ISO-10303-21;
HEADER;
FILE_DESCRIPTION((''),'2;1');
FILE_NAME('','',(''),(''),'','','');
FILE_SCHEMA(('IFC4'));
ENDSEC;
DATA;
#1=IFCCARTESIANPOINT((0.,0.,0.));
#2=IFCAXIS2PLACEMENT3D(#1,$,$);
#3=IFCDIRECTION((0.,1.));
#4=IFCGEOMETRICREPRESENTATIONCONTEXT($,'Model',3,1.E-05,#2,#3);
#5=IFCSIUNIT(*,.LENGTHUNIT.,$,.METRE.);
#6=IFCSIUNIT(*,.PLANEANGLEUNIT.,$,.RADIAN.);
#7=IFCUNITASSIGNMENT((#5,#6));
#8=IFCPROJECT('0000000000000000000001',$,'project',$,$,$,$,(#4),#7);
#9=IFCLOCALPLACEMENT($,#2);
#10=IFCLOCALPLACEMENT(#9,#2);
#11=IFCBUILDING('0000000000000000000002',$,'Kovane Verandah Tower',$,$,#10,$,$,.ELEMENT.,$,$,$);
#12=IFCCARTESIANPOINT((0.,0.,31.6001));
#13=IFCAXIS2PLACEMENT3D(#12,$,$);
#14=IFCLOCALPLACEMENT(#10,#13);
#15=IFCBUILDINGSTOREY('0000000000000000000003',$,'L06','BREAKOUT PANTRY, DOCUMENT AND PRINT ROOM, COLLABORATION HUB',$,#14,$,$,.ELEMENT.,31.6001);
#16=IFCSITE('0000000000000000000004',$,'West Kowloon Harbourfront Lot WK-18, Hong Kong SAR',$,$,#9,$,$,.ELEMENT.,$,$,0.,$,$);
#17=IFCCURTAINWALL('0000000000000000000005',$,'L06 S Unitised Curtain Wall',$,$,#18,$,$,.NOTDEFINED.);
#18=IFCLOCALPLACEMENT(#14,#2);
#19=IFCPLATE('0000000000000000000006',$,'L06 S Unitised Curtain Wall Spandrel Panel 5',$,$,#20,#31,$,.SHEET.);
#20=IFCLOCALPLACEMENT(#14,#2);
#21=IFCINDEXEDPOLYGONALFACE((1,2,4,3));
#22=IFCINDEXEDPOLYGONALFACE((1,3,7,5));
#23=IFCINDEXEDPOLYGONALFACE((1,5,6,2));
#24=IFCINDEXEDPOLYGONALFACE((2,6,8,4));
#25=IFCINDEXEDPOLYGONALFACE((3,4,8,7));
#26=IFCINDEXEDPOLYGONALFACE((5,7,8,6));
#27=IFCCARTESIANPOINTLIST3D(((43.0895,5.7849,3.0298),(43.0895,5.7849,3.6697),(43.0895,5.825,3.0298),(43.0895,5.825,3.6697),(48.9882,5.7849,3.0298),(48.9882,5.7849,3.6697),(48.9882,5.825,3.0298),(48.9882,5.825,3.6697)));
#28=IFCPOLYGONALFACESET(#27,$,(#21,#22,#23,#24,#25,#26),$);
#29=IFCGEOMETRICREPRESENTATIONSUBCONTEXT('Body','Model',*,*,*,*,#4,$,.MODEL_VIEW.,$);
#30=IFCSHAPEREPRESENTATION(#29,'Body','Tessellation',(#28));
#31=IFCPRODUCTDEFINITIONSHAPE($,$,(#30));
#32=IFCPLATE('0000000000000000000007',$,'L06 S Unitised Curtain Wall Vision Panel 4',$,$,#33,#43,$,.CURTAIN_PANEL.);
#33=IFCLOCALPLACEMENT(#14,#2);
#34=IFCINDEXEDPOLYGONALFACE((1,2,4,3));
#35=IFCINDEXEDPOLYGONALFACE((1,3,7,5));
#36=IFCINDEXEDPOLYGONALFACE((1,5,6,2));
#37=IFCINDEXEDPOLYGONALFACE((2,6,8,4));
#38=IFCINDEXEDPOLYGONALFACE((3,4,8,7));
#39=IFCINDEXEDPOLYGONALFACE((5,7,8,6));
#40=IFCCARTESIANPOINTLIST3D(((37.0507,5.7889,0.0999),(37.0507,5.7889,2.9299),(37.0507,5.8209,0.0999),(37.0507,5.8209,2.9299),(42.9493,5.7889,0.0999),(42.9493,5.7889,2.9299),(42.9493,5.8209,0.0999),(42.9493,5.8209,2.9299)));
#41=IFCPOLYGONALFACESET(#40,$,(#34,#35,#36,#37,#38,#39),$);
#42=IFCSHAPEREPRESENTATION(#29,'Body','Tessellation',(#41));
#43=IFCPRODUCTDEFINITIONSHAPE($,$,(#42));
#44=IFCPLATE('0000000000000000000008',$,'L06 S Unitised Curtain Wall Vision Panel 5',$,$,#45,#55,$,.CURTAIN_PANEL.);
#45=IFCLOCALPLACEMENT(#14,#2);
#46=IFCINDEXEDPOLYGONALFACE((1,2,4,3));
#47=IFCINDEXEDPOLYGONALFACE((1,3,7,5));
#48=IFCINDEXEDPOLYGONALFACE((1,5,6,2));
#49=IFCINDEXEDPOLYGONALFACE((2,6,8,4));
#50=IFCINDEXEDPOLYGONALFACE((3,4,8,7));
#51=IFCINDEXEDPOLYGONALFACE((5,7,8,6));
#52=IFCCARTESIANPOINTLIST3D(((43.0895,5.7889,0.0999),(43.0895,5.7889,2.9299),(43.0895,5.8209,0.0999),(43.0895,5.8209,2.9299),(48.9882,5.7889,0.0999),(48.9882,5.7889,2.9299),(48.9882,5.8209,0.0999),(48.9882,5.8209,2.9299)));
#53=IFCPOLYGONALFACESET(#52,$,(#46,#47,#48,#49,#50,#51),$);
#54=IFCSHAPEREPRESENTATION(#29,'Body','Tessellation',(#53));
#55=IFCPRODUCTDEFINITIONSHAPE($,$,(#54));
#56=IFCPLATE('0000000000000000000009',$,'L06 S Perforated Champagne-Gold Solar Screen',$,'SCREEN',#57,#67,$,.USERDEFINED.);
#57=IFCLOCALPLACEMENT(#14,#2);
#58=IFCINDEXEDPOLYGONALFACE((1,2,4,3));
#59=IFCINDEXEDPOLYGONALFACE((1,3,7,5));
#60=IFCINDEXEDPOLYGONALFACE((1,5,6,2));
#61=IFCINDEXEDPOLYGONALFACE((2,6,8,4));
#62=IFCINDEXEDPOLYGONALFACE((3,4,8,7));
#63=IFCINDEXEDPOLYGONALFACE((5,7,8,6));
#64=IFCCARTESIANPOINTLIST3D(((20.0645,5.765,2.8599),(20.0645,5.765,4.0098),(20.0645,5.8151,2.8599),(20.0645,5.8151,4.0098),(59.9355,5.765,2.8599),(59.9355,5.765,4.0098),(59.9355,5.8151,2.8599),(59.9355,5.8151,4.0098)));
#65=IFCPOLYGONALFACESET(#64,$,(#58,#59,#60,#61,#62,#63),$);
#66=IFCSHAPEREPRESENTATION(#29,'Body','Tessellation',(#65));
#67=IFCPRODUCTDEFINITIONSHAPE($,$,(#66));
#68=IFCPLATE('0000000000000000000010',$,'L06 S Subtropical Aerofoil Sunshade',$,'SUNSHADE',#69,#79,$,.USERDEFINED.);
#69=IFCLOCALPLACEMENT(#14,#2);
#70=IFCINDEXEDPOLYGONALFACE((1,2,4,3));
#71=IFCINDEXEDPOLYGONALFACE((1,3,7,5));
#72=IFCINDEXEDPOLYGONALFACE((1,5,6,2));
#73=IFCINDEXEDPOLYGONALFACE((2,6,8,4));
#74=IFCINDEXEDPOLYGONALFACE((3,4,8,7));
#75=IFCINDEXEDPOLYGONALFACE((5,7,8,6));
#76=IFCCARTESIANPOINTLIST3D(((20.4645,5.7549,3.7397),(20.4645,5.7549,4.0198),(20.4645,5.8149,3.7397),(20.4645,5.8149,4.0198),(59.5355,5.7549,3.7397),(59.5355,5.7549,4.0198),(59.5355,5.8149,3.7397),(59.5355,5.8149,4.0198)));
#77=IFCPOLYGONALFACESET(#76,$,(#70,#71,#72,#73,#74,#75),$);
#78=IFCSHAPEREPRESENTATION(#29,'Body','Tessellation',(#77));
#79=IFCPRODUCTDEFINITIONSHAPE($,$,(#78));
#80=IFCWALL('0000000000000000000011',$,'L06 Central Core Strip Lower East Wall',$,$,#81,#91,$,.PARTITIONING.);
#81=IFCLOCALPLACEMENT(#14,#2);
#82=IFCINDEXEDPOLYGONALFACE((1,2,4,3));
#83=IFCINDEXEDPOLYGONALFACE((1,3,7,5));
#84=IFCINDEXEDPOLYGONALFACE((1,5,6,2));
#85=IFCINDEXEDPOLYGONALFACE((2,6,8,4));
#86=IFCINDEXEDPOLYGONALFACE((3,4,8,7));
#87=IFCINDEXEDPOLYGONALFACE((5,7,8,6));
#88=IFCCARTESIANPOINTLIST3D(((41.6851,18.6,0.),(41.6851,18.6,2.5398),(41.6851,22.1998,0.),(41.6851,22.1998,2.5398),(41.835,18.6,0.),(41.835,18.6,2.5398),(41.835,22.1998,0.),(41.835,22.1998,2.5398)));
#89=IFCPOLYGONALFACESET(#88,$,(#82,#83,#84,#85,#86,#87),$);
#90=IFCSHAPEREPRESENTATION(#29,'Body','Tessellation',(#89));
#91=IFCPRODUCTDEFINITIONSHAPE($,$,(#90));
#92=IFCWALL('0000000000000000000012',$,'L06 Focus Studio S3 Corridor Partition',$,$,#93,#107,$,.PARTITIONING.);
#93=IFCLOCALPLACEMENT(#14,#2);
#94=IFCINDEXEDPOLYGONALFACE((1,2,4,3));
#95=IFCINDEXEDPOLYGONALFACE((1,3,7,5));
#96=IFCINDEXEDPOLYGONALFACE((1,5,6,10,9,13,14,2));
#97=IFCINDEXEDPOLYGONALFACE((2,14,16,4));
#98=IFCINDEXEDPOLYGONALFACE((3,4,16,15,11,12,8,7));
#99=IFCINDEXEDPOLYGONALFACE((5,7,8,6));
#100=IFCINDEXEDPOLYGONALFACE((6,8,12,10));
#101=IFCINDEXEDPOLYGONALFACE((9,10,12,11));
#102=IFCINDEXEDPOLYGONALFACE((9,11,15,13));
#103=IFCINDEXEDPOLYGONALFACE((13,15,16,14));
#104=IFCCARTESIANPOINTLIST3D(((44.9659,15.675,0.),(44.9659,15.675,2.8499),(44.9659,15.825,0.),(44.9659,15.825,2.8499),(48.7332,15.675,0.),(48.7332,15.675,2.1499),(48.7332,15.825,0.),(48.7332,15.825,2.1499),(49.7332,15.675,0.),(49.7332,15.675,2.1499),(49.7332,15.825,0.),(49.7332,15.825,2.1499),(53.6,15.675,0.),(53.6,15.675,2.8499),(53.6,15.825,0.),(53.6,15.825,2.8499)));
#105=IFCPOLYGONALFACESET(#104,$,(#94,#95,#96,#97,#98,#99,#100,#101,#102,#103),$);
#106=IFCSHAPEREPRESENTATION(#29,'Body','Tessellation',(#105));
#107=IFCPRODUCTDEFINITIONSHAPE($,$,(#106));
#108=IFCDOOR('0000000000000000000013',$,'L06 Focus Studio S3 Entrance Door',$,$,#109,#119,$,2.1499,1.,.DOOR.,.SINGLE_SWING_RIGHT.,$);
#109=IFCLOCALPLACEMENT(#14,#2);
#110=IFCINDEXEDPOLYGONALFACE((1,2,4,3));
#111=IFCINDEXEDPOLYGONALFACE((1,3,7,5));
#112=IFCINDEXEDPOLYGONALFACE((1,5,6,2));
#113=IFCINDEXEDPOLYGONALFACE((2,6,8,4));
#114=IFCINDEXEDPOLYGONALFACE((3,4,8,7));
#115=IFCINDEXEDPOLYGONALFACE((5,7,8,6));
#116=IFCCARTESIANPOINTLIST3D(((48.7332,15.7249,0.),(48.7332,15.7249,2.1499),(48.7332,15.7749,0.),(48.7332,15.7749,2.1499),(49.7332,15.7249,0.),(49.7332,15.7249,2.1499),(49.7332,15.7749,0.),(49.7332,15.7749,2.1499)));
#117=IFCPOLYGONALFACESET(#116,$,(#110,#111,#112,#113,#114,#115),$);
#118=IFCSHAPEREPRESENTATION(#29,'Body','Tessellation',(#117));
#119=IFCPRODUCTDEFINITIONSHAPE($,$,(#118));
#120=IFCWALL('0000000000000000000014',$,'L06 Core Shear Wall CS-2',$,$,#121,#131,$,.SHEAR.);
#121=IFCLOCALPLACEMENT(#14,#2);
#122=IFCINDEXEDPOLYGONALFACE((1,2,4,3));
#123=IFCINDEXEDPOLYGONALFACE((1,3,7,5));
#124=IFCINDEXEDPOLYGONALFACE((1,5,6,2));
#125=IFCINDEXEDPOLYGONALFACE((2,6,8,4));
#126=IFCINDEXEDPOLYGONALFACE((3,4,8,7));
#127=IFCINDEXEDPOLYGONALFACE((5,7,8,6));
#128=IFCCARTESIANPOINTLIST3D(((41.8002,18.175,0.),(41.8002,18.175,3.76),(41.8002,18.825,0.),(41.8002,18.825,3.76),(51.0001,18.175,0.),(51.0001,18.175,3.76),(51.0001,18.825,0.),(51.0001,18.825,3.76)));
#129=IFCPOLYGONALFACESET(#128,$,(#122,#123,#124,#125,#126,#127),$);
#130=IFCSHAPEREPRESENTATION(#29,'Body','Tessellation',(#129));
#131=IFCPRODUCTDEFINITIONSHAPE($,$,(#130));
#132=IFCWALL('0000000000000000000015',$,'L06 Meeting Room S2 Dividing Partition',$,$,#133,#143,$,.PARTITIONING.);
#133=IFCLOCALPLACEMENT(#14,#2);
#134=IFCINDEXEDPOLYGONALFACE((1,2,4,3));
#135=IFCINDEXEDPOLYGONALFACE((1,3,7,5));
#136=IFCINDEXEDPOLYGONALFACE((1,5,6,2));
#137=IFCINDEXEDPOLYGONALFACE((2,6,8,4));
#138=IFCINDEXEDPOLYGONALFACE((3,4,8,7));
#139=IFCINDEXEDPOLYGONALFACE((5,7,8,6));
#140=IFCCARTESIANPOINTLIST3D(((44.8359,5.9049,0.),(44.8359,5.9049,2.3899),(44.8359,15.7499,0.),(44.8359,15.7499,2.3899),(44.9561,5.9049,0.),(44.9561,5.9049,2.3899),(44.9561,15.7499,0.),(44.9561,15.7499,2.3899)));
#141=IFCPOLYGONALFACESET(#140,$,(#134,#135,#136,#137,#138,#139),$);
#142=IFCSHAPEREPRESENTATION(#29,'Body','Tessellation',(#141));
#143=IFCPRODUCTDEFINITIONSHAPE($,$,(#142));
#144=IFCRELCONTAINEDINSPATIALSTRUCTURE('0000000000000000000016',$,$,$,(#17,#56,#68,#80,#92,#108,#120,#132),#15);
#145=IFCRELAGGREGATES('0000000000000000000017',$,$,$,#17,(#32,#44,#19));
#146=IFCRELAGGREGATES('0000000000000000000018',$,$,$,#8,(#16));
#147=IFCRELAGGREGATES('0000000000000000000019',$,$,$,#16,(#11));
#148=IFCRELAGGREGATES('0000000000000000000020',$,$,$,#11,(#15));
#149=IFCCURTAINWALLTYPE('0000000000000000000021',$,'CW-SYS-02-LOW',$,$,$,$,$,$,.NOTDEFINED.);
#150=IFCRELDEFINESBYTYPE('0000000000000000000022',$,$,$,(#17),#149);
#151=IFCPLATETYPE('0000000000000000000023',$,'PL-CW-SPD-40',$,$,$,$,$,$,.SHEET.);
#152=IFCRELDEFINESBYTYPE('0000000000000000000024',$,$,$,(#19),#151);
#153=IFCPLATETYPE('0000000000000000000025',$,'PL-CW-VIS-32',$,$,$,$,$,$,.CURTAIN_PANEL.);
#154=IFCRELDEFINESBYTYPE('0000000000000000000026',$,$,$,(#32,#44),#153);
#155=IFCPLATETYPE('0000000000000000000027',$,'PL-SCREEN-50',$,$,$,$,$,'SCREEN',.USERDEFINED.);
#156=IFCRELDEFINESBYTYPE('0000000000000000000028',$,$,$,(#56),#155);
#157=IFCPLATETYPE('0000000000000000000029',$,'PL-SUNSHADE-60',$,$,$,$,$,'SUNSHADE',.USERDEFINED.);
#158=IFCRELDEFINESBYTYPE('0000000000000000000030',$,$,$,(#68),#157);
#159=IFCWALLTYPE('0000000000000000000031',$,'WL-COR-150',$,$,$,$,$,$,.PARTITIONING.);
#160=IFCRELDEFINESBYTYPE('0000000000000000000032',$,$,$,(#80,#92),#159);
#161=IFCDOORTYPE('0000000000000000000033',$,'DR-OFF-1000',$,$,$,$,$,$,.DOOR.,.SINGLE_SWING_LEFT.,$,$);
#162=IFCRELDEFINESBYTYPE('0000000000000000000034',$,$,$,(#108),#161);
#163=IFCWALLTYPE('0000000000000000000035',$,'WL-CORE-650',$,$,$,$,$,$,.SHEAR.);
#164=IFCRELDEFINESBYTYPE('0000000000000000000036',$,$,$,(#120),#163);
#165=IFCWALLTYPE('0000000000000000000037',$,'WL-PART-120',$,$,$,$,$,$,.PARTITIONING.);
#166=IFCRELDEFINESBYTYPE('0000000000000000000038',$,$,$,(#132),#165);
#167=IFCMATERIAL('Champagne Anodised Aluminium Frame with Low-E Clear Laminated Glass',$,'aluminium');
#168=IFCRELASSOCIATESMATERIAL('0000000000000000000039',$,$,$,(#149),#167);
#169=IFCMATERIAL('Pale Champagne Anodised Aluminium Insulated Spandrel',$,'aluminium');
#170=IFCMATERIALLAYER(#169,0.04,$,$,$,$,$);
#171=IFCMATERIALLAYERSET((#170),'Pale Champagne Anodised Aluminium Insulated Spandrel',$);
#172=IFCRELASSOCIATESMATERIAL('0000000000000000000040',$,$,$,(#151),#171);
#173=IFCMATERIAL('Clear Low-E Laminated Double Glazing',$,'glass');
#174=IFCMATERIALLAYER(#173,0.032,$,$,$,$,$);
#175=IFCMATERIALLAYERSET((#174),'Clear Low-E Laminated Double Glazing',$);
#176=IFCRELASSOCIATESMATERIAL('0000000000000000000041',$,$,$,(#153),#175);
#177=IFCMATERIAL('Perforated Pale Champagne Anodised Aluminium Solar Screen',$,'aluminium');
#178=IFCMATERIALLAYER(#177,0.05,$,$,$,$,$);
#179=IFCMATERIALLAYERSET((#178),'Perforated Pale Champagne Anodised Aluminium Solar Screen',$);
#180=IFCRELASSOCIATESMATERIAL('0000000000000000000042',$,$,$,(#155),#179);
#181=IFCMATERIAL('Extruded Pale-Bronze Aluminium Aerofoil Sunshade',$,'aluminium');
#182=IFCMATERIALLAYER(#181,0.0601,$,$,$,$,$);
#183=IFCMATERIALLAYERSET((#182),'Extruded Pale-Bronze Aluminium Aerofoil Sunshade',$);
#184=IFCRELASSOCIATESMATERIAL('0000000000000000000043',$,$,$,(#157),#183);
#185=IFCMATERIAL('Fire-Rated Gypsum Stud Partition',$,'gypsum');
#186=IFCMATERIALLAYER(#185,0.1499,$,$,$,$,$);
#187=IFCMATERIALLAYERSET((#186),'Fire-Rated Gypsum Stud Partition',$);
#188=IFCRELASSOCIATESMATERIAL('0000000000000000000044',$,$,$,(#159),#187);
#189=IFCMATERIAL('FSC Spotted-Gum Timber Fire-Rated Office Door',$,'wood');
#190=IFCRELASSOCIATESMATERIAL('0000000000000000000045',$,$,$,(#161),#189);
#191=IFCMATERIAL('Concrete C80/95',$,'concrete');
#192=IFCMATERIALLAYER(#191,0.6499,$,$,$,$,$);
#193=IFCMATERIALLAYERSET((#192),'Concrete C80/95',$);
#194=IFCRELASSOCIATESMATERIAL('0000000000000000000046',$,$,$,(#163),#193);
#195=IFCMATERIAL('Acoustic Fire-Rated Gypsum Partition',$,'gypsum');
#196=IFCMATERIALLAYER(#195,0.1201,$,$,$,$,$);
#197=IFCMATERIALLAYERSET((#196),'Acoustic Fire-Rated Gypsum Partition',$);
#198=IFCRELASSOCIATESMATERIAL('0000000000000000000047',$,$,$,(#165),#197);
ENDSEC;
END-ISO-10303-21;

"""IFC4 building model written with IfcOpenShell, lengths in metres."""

from ifc_helpers import new_model, si_unit, direction, frame, frame_2d, origin, origin_2d, place, context, subcontext, project, spatial, rectangle, extrude, material, layer, layer_set, type_object, element, fill, aggregate, save


model = new_model("IFC4")

# Units and contexts
model_context = context("Model", 3, precision=1e-05, world=origin(), true_north=direction((0.0, 1.0)))
body_context = subcontext(model_context, "Body", "Model", "MODEL_VIEW")
ifc_project = project(units=[si_unit("LENGTHUNIT", "METRE"), si_unit("PLANEANGLEUNIT", "RADIAN")], contexts=[model_context])

# Site, building, storey
site_placement = place(None, origin())
site = spatial("IfcSite", under=ifc_project, at=site_placement, Name="West Kowloon Harbourfront Lot WK-18, Hong Kong SAR", CompositionType="ELEMENT", RefElevation=0.0)
building_placement = place(site_placement, origin())
building = spatial("IfcBuilding", under=site, at=building_placement, Name="Kovane Verandah Tower", CompositionType="ELEMENT")
storey_placement = place(building_placement, frame((0.0, 0.0, 31.6001)))
storey = spatial("IfcBuildingStorey", under=building, at=storey_placement, Name="L06", Description="BREAKOUT PANTRY, DOCUMENT AND PRINT ROOM, COLLABORATION HUB", CompositionType="ELEMENT", Elevation=31.6001)

# Shared definitions
ifc_material_1 = material(Name="Concrete C80/95", Category="concrete")

# Curtain wall, plates
ifc_material_2 = material(Name="Champagne Anodised Aluminium Frame with Low-E Clear Laminated Glass", Category="aluminium")
curtain_wall_type = type_object("IfcCurtainWallType", Name="CW-SYS-02-LOW", PredefinedType="NOTDEFINED", material=ifc_material_2)
curtain_wall_placement = place(storey_placement, origin())
curtain_wall = element("IfcCurtainWall", 1, at=curtain_wall_placement, inside=storey, type_object=curtain_wall_type, Name="L06 S Unitised Curtain Wall", PredefinedType="NOTDEFINED")
ifc_material_3 = material(Name="Pale Champagne Anodised Aluminium Insulated Spandrel", Category="aluminium")
ifc_layer_1 = layer(ifc_material_3, 0.04)
ifc_layer_set_1 = layer_set([ifc_layer_1], Name="Pale Champagne Anodised Aluminium Insulated Spandrel")
plate_type_1 = type_object("IfcPlateType", Name="PL-CW-SPD-40", PredefinedType="SHEET", material=ifc_layer_set_1)
plate_1_placement = place(storey_placement, frame((46.0388, 5.8049, 3.0298), z_axis=(0.0, 0.0, 1.0), x_axis=(1.0, 0.0, 0.0)))
plate_1 = element("IfcPlate", 2, at=plate_1_placement, type_object=plate_type_1, Name="L06 S Unitised Curtain Wall Spandrel Panel 5", PredefinedType="SHEET", context=body_context, shape_type="SweptSolid", body=[
    extrude(rectangle(XDim=5.8987, YDim=0.04, at=origin_2d()), origin(), (0.0, 0.0, 1.0), 0.6399),
])
ifc_material_4 = material(Name="Clear Low-E Laminated Double Glazing", Category="glass")
ifc_layer_2 = layer(ifc_material_4, 0.032)
ifc_layer_set_2 = layer_set([ifc_layer_2], Name="Clear Low-E Laminated Double Glazing")
plate_type_2 = type_object("IfcPlateType", Name="PL-CW-VIS-32", PredefinedType="CURTAIN_PANEL", material=ifc_layer_set_2)
plate_2_placement = place(storey_placement, frame((40.0, 5.8049, 0.0999), z_axis=(0.0, 0.0, 1.0), x_axis=(1.0, 0.0, 0.0)))
plate_2 = element("IfcPlate", 3, at=plate_2_placement, type_object=plate_type_2, Name="L06 S Unitised Curtain Wall Vision Panel 4", PredefinedType="CURTAIN_PANEL", context=body_context, shape_type="SweptSolid", body=[
    extrude(rectangle(XDim=5.8987, YDim=0.032, at=origin_2d()), origin(), (0.0, 0.0, 1.0), 2.8301),
])
plate_3_placement = place(storey_placement, frame((46.0388, 5.8049, 0.0999), z_axis=(0.0, 0.0, 1.0), x_axis=(1.0, 0.0, 0.0)))
plate_3 = element("IfcPlate", 4, at=plate_3_placement, type_object=plate_type_2, Name="L06 S Unitised Curtain Wall Vision Panel 5", PredefinedType="CURTAIN_PANEL", context=body_context, shape_type="SweptSolid", body=[
    extrude(rectangle(XDim=5.8987, YDim=0.032, at=origin_2d()), origin(), (0.0, 0.0, 1.0), 2.8301),
])
aggregate(curtain_wall, [plate_2, plate_3, plate_1])

# Plates
ifc_material_5 = material(Name="Perforated Pale Champagne Anodised Aluminium Solar Screen", Category="aluminium")
ifc_layer_3 = layer(ifc_material_5, 0.05)
ifc_layer_set_3 = layer_set([ifc_layer_3], Name="Perforated Pale Champagne Anodised Aluminium Solar Screen")
plate_type_3 = type_object("IfcPlateType", Name="PL-SCREEN-50", ElementType="SCREEN", PredefinedType="USERDEFINED", material=ifc_layer_set_3)
plate_4_placement = place(storey_placement, frame((40.0, 5.79, 2.8599), z_axis=(0.0, 0.0, 1.0), x_axis=(1.0, 0.0, 0.0)))
element("IfcPlate", 5, at=plate_4_placement, inside=storey, type_object=plate_type_3, Name="L06 S Perforated Champagne-Gold Solar Screen", ObjectType="SCREEN", PredefinedType="USERDEFINED", context=body_context, shape_type="SweptSolid", body=[
    extrude(rectangle(XDim=39.8711, YDim=0.05, at=origin_2d()), origin(), (0.0, 0.0, 1.0), 1.1499),
])
ifc_material_6 = material(Name="Extruded Pale-Bronze Aluminium Aerofoil Sunshade", Category="aluminium")
ifc_layer_4 = layer(ifc_material_6, 0.0601)
ifc_layer_set_4 = layer_set([ifc_layer_4], Name="Extruded Pale-Bronze Aluminium Aerofoil Sunshade")
plate_type_4 = type_object("IfcPlateType", Name="PL-SUNSHADE-60", ElementType="SUNSHADE", PredefinedType="USERDEFINED", material=ifc_layer_set_4)
plate_5_placement = place(storey_placement, frame((40.0, 5.7849, 3.7397), z_axis=(0.0, 0.0, 1.0), x_axis=(1.0, 0.0, 0.0)))
element("IfcPlate", 6, at=plate_5_placement, inside=storey, type_object=plate_type_4, Name="L06 S Subtropical Aerofoil Sunshade", ObjectType="SUNSHADE", PredefinedType="USERDEFINED", context=body_context, shape_type="SweptSolid", body=[
    extrude(rectangle(XDim=39.071, YDim=0.0601, at=origin_2d()), origin(), (0.0, 0.0, 1.0), 0.28),
])

# Wall
ifc_material_7 = material(Name="Fire-Rated Gypsum Stud Partition", Category="gypsum")
ifc_layer_5 = layer(ifc_material_7, 0.1499)
ifc_layer_set_5 = layer_set([ifc_layer_5], Name="Fire-Rated Gypsum Stud Partition")
wall_type_1 = type_object("IfcWallType", Name="WL-COR-150", PredefinedType="PARTITIONING", material=ifc_layer_set_5)
wall_1_placement = place(storey_placement, frame((41.76, 18.6001, 0.0), z_axis=(0.0, 0.0, 1.0), x_axis=(0.0, 1.0, 0.0)))
element("IfcWall", 7, at=wall_1_placement, inside=storey, type_object=wall_type_1, Name="L06 Central Core Strip Lower East Wall", PredefinedType="PARTITIONING", context=body_context, shape_type="SweptSolid", body=[
    extrude(rectangle(XDim=3.5999, YDim=0.1499, at=frame_2d((1.7998, 0.0))), origin(), (0.0, 0.0, 1.0), 2.5398),
])

# Wall, opening, door
wall_2_placement = place(storey_placement, frame((44.9661, 15.75, 0.0), z_axis=(0.0, 0.0, 1.0), x_axis=(1.0, 0.0, 0.0)))
wall_2 = element("IfcWall", 8, at=wall_2_placement, inside=storey, type_object=wall_type_1, Name="L06 Focus Studio S3 Corridor Partition", PredefinedType="PARTITIONING", context=body_context, shape_type="SweptSolid", body=[
    extrude(rectangle(XDim=8.634, YDim=0.1499, at=frame_2d((4.3169, 0.0))), origin(), (0.0, 0.0, 1.0), 2.8499),
])
opening_placement = place(wall_2_placement, frame((3.7671, 0.0, 0.0)))
opening = element("IfcOpeningElement", 9, at=opening_placement, cuts=wall_2, PredefinedType="OPENING", context=body_context, shape_type="SweptSolid", body=[
    extrude(rectangle(XDim=1.0, YDim=2.1499, at=frame_2d((0.5, 1.075))), frame((0.0, 0.075, 0.0), z_axis=(0.0, -1.0, 0.0), x_axis=(1.0, 0.0, 0.0)), (0.0, 0.0, 1.0), 0.1499),
])
ifc_material_8 = material(Name="FSC Spotted-Gum Timber Fire-Rated Office Door", Category="wood")
door_type = type_object("IfcDoorType", Name="DR-OFF-1000", OperationType="SINGLE_SWING_LEFT", PredefinedType="DOOR", material=ifc_material_8)
door_placement = place(opening_placement, origin())
door = element("IfcDoor", 10, at=door_placement, inside=storey, type_object=door_type, Name="L06 Focus Studio S3 Entrance Door", OperationType="SINGLE_SWING_RIGHT", OverallHeight=2.1499, OverallWidth=1.0, PredefinedType="DOOR", context=body_context, shape_type="SweptSolid", body=[
    extrude(rectangle(XDim=1.0, YDim=2.1499, at=frame_2d((0.5, 1.075))), frame((0.0, 0.0249, 0.0), z_axis=(0.0, -1.0, 0.0), x_axis=(1.0, 0.0, 0.0)), (0.0, 0.0, 1.0), 0.05),
])
fill(opening, door)

# Walls
ifc_layer_6 = layer(ifc_material_1, 0.6499)
ifc_layer_set_6 = layer_set([ifc_layer_6], Name="Concrete C80/95")
wall_type_2 = type_object("IfcWallType", Name="WL-CORE-650", PredefinedType="SHEAR", material=ifc_layer_set_6)
wall_3_placement = place(storey_placement, frame((41.8, 18.5, 0.0), z_axis=(0.0, 0.0, 1.0), x_axis=(1.0, 0.0, 0.0)))
element("IfcWall", 11, at=wall_3_placement, inside=storey, type_object=wall_type_2, Name="L06 Core Shear Wall CS-2", PredefinedType="SHEAR", context=body_context, shape_type="SweptSolid", body=[
    extrude(rectangle(XDim=9.2, YDim=0.6499, at=frame_2d((4.6001, 0.0))), origin(), (0.0, 0.0, 1.0), 3.76),
])
ifc_material_9 = material(Name="Acoustic Fire-Rated Gypsum Partition", Category="gypsum")
ifc_layer_7 = layer(ifc_material_9, 0.1201)
ifc_layer_set_7 = layer_set([ifc_layer_7], Name="Acoustic Fire-Rated Gypsum Partition")
wall_type_3 = type_object("IfcWallType", Name="WL-PART-120", PredefinedType="PARTITIONING", material=ifc_layer_set_7)
wall_4_placement = place(storey_placement, frame((44.896, 5.905, 0.0), z_axis=(0.0, 0.0, 1.0), x_axis=(0.0, 1.0, 0.0)))
element("IfcWall", 12, at=wall_4_placement, inside=storey, type_object=wall_type_3, Name="L06 Meeting Room S2 Dividing Partition", PredefinedType="PARTITIONING", context=body_context, shape_type="SweptSolid", body=[
    extrude(rectangle(XDim=9.845, YDim=0.1201, at=frame_2d((4.9224, 0.0))), origin(), (0.0, 0.0, 1.0), 2.3899),
])

save(model, "model.ifc")
